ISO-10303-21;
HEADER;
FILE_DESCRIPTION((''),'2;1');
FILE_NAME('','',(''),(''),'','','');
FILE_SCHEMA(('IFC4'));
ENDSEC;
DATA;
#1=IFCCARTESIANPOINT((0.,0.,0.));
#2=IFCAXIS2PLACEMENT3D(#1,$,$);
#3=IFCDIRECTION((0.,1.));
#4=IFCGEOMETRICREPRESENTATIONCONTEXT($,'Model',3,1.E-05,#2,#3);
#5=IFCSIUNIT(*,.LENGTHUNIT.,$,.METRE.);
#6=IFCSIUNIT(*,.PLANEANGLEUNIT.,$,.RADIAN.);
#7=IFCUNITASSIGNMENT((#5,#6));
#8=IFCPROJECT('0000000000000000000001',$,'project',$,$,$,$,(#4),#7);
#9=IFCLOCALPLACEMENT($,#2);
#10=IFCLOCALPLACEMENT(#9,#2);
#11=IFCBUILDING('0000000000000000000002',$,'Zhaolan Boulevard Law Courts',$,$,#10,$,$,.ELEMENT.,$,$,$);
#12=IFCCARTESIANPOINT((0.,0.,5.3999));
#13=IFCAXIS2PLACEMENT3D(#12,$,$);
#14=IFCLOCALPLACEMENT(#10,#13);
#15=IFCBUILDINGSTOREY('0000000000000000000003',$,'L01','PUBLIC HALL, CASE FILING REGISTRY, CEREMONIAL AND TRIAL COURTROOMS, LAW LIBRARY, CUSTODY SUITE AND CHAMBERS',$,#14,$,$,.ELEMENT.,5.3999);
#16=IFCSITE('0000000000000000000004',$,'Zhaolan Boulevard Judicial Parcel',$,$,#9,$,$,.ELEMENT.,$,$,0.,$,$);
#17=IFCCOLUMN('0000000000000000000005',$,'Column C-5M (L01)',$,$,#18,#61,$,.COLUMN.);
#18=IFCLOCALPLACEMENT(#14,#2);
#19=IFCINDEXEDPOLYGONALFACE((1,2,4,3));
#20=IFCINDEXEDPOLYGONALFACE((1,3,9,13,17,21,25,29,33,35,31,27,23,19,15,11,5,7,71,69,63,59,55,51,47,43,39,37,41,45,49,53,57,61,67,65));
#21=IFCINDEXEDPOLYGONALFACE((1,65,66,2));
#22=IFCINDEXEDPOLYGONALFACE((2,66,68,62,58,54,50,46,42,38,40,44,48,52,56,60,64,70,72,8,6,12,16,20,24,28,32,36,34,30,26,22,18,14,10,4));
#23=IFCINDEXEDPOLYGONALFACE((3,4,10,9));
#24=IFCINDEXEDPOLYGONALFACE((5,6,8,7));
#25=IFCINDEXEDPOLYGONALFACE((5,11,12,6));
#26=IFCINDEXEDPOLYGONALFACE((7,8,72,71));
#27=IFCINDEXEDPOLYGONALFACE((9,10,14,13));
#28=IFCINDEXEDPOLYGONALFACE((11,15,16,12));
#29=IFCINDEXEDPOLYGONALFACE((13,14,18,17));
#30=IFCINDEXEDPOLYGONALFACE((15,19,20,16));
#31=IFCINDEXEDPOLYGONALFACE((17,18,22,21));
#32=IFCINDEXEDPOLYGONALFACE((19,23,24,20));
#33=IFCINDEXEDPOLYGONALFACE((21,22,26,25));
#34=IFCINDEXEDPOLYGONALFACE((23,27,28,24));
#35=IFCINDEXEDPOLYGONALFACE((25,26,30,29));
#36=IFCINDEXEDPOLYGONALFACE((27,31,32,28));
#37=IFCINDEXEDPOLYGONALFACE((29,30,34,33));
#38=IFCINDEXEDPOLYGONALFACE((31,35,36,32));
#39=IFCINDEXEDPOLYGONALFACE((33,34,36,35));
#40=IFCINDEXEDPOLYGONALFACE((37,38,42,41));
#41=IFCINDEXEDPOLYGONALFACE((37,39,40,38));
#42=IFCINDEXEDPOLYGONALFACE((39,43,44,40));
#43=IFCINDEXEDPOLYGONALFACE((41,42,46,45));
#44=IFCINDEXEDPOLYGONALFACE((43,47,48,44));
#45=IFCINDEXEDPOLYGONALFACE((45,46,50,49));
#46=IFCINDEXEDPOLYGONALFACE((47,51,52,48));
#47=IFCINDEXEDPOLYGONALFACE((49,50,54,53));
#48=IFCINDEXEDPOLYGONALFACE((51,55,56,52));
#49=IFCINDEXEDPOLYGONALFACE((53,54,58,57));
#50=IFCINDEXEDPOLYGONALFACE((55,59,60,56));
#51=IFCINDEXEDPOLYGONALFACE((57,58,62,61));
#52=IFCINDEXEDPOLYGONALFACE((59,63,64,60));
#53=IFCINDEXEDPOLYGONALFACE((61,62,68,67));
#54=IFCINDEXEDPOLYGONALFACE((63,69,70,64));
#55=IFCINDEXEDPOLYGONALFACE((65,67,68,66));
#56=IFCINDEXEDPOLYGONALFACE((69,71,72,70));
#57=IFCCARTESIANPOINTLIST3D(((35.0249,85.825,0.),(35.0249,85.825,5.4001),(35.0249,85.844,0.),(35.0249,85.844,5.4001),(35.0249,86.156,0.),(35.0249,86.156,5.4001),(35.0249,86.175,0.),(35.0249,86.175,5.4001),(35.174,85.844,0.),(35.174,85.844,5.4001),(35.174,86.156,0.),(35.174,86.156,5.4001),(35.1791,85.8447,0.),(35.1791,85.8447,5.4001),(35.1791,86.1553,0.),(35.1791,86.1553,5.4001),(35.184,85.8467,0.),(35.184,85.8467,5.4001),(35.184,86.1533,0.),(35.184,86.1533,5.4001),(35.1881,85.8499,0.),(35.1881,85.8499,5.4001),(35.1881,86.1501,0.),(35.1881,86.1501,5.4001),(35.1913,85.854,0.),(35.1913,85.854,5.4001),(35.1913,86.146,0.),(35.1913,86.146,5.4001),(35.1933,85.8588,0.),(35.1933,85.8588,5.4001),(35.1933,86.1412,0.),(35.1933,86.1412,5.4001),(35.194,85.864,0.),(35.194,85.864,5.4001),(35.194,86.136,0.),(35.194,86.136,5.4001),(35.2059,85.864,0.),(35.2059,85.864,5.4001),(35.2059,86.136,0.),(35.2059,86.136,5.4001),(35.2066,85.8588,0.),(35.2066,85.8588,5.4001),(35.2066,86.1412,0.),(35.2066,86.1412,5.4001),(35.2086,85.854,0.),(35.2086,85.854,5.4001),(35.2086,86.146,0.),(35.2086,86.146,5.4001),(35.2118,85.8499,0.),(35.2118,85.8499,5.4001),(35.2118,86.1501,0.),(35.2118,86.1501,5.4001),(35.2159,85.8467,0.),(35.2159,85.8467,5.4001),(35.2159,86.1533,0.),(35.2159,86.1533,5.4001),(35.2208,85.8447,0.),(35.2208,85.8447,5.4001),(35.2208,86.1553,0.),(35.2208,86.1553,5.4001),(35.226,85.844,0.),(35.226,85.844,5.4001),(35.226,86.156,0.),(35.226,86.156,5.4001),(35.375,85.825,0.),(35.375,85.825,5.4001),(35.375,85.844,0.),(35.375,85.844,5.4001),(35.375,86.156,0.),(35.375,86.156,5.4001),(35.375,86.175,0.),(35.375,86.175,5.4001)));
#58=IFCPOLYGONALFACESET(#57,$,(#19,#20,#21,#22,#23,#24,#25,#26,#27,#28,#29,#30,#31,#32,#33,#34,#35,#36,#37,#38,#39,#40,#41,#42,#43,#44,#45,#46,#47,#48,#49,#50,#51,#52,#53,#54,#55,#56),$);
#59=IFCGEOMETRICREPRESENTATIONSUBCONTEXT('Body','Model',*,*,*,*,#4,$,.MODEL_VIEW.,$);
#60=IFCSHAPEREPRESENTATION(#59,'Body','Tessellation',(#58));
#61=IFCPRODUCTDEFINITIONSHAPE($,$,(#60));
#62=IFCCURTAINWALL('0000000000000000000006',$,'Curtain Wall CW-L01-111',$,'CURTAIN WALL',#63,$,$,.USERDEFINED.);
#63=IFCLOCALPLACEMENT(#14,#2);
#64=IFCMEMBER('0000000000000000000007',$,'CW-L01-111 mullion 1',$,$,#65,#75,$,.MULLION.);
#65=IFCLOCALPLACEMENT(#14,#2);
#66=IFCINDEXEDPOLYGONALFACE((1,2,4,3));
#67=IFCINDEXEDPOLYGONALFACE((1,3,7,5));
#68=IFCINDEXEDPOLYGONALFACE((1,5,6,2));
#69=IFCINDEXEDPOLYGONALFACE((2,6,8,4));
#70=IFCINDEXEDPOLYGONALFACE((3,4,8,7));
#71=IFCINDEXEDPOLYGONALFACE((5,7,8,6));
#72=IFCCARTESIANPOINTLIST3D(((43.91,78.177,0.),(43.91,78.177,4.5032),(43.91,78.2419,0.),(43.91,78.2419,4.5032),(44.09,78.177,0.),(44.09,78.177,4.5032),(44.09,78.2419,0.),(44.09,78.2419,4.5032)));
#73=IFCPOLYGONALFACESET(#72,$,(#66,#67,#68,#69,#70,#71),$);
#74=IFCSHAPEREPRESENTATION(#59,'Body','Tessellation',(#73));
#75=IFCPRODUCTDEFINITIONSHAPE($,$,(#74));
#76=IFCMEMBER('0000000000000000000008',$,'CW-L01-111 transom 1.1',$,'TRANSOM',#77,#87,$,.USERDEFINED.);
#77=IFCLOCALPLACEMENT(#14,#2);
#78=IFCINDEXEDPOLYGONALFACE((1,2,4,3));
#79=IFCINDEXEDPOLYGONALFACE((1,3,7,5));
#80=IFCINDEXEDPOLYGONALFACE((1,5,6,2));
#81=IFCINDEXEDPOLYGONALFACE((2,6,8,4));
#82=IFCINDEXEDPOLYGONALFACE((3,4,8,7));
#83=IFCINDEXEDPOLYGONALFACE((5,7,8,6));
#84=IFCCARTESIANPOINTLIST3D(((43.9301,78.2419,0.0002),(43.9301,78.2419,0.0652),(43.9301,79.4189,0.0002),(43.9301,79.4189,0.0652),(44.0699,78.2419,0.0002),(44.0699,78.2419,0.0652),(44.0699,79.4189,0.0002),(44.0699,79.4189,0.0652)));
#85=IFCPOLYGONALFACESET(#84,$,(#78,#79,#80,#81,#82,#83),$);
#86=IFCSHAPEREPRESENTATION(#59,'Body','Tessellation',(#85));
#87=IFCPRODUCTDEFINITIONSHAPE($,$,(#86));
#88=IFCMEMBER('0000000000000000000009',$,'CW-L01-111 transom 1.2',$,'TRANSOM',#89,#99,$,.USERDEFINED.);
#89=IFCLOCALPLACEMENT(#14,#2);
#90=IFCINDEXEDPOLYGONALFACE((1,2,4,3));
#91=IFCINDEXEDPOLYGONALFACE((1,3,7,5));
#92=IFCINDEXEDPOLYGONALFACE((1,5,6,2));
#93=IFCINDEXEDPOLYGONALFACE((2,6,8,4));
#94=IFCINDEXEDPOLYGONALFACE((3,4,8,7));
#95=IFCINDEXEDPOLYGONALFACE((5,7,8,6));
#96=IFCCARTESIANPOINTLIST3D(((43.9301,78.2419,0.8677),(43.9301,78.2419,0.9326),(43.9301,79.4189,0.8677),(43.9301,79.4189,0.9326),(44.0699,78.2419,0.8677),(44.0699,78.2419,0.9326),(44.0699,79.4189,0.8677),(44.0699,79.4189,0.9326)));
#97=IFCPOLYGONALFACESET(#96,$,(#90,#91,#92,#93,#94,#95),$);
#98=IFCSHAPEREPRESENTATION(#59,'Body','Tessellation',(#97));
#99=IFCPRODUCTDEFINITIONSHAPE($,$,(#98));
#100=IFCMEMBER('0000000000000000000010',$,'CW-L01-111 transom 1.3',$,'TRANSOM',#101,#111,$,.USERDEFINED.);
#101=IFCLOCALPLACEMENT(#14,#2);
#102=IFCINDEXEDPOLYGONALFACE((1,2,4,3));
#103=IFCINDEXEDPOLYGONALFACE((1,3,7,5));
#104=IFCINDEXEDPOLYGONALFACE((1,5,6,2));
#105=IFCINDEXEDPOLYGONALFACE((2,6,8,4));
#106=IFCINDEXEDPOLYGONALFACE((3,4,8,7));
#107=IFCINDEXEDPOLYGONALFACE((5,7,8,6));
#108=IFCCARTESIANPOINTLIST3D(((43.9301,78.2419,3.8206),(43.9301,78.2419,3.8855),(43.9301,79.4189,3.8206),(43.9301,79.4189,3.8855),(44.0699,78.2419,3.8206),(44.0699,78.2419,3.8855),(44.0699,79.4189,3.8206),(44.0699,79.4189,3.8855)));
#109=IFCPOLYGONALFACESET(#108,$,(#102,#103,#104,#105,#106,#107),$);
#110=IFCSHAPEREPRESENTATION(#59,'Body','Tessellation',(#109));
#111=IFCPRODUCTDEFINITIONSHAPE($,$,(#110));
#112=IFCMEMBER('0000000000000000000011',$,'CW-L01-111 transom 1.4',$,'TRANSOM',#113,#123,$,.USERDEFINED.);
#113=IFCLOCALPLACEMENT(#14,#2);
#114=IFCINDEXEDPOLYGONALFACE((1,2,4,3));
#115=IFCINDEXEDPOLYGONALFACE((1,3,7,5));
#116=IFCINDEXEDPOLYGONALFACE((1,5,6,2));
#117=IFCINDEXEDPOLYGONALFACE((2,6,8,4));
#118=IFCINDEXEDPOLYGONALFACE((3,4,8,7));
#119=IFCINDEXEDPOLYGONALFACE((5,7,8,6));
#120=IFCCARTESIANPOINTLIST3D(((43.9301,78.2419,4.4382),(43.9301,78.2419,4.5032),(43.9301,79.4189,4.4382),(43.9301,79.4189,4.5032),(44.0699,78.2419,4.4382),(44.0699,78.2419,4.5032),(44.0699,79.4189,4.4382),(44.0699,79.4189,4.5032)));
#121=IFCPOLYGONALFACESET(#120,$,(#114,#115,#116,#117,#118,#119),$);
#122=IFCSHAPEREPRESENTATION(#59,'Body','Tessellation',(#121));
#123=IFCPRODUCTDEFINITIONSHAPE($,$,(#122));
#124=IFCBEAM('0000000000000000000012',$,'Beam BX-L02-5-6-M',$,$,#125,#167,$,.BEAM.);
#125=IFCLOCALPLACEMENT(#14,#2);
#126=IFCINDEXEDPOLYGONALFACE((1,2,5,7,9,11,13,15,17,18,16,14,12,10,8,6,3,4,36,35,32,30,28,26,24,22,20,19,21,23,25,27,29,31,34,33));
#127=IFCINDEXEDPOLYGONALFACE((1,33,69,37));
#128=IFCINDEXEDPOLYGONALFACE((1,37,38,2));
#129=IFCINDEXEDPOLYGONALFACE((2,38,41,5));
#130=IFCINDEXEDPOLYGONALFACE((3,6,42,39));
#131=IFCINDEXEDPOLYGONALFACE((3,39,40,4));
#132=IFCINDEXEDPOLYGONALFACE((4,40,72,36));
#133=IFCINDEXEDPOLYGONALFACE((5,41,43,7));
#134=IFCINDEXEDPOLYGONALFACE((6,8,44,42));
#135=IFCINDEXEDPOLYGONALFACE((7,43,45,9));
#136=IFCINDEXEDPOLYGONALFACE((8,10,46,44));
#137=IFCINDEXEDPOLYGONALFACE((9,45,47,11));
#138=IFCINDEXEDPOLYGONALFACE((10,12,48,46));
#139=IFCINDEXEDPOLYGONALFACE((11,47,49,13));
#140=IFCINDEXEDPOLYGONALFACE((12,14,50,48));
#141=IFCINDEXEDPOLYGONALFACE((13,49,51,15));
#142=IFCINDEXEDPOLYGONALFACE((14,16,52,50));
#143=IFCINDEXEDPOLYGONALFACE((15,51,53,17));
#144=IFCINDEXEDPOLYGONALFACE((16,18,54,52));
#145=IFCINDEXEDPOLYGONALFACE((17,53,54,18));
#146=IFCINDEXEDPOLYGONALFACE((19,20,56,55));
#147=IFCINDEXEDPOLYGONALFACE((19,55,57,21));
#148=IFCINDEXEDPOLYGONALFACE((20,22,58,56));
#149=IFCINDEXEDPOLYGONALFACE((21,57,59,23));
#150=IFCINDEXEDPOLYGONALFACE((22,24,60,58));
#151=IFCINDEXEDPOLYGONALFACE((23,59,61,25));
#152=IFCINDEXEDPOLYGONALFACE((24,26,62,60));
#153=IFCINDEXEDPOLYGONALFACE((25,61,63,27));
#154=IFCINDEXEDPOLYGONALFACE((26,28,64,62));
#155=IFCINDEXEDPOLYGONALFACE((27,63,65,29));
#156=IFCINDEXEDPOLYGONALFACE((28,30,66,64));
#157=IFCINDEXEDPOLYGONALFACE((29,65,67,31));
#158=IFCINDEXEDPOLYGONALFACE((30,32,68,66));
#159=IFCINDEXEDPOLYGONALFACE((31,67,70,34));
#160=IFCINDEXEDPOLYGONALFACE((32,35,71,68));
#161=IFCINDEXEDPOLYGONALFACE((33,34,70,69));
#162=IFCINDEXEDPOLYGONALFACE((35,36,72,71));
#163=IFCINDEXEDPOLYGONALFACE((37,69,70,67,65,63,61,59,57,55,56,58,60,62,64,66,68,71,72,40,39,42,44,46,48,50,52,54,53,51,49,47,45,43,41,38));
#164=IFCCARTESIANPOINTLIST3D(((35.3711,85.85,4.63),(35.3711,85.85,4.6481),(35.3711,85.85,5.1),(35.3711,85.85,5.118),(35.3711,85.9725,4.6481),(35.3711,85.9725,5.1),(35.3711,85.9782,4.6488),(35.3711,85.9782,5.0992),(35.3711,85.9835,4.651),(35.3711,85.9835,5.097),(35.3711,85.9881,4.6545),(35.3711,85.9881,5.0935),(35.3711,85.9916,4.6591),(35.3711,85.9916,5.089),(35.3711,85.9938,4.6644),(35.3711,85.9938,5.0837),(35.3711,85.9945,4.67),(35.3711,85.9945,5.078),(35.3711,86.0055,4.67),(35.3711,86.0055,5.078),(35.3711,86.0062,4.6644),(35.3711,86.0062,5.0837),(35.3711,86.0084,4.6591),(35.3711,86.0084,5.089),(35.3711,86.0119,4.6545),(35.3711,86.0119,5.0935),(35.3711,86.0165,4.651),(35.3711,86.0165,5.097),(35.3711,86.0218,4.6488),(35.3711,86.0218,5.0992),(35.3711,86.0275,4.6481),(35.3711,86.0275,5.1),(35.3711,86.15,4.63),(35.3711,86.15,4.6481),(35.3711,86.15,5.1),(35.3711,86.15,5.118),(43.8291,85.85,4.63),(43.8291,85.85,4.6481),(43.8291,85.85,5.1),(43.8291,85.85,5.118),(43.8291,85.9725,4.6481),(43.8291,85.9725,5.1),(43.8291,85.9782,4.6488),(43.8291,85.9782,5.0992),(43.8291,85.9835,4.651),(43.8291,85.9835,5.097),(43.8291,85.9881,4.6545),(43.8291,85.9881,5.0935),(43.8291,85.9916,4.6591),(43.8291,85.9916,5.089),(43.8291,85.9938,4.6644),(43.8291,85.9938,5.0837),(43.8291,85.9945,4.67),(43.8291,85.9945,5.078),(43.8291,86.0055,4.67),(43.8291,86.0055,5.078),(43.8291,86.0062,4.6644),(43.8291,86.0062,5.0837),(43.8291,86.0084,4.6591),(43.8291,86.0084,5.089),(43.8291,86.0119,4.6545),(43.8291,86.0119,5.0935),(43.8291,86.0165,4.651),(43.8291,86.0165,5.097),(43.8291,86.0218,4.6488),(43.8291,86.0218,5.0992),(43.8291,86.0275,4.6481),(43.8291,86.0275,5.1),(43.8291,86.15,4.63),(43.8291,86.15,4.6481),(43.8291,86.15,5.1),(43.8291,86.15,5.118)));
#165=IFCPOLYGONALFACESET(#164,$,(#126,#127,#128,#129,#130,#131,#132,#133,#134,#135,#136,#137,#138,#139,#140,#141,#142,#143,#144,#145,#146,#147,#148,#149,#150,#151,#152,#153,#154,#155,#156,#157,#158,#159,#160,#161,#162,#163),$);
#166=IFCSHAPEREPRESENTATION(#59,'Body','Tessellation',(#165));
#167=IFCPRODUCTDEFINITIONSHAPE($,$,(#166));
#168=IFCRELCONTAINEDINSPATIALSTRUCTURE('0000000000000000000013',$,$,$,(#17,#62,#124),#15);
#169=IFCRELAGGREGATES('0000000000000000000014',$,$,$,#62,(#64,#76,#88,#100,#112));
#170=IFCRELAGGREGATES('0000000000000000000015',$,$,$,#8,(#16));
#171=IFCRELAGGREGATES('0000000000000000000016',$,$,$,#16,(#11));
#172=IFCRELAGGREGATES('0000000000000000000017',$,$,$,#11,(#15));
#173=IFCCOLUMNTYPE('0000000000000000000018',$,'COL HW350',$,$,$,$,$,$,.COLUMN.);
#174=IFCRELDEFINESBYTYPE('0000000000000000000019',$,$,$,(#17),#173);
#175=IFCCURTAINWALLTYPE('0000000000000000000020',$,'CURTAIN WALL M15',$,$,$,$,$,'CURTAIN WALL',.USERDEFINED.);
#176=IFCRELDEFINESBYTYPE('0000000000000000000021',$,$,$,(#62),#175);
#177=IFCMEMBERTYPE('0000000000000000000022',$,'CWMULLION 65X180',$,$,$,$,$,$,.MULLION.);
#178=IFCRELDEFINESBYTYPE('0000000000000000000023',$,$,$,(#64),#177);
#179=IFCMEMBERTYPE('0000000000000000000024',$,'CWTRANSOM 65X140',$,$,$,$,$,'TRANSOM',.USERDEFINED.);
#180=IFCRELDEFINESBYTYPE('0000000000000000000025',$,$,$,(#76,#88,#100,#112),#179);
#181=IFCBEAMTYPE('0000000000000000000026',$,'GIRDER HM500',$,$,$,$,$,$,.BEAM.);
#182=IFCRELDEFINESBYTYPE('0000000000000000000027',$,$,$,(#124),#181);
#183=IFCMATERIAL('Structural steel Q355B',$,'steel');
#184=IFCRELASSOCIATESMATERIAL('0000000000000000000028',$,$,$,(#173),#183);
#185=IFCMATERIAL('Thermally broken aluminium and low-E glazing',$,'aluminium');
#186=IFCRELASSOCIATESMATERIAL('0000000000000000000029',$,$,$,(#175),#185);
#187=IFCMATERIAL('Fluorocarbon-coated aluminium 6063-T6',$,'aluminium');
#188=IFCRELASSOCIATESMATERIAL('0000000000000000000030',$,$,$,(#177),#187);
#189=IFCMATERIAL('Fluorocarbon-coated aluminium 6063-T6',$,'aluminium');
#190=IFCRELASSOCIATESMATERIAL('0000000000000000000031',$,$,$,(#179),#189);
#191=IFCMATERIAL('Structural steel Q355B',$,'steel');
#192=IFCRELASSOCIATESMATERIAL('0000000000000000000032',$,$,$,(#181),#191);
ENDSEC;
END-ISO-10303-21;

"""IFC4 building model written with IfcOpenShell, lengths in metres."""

from ifc_helpers import new_model, si_unit, direction, frame, origin, origin_2d, place, context, subcontext, project, spatial, rectangle, i_section, extrude, material, material_profile, profile_set, type_object, element, aggregate, save


model = new_model("IFC4")

# Units and contexts
model_context = context("Model", 3, precision=1e-05, world=origin(), true_north=direction((0.0, 1.0)))
body_context = subcontext(model_context, "Body", "Model", "MODEL_VIEW")
ifc_project = project(units=[si_unit("LENGTHUNIT", "METRE"), si_unit("PLANEANGLEUNIT", "RADIAN")], contexts=[model_context])

# Site, building, storey
site_placement = place(None, origin())
site = spatial("IfcSite", under=ifc_project, at=site_placement, Name="Zhaolan Boulevard Judicial Parcel", CompositionType="ELEMENT", RefElevation=0.0)
building_placement = place(site_placement, origin())
building = spatial("IfcBuilding", under=site, at=building_placement, Name="Zhaolan Boulevard Law Courts", CompositionType="ELEMENT")
storey_placement = place(building_placement, frame((0.0, 0.0, 5.3999)))
storey = spatial("IfcBuildingStorey", under=building, at=storey_placement, Name="L01", Description="PUBLIC HALL, CASE FILING REGISTRY, CEREMONIAL AND TRIAL COURTROOMS, LAW LIBRARY, CUSTODY SUITE AND CHAMBERS", CompositionType="ELEMENT", Elevation=5.3999)

# Column
ifc_material_1 = material(Name="Structural steel Q355B", Category="steel")
ifc_material_profile_1 = material_profile(ifc_material_1, i_section(OverallWidth=0.3501, OverallDepth=0.3501, WebThickness=0.012, FlangeThickness=0.019, FilletRadius=0.02, at=origin_2d()), Name="HW350x350")
ifc_profile_set_1 = profile_set([ifc_material_profile_1], Name="Structural steel Q355B")
column_type = type_object("IfcColumnType", Name="COL HW350", PredefinedType="COLUMN", material=ifc_profile_set_1)
column_placement = place(storey_placement, frame((35.2, 86.0, 0.0), z_axis=(0.0, 0.0, 1.0), x_axis=(1.0, 0.0, 0.0)))
element("IfcColumn", 1, at=column_placement, inside=storey, type_object=column_type, Name="Column C-5M (L01)", PredefinedType="COLUMN", context=body_context, shape_type="SweptSolid", body=[
    extrude(i_section(OverallWidth=0.3501, OverallDepth=0.3501, WebThickness=0.012, FlangeThickness=0.019, FilletRadius=0.02, at=origin_2d()), origin(), (0.0, 0.0, 1.0), 5.4001),
])

# Curtain wall, members
ifc_material_2 = material(Name="Thermally broken aluminium and low-E glazing", Category="aluminium")
curtain_wall_type = type_object("IfcCurtainWallType", Name="CURTAIN WALL M15", ElementType="CURTAIN WALL", PredefinedType="USERDEFINED", material=ifc_material_2)
curtain_wall_placement = place(storey_placement, origin())
curtain_wall = element("IfcCurtainWall", 2, at=curtain_wall_placement, inside=storey, type_object=curtain_wall_type, Name="Curtain Wall CW-L01-111", ObjectType="CURTAIN WALL", PredefinedType="USERDEFINED")
ifc_material_3 = material(Name="Fluorocarbon-coated aluminium 6063-T6", Category="aluminium")
ifc_material_profile_2 = material_profile(ifc_material_3, rectangle(XDim=0.1799, YDim=0.0649, at=origin_2d()), Name="AL65x180")
ifc_profile_set_2 = profile_set([ifc_material_profile_2], Name="Fluorocarbon-coated aluminium 6063-T6")
member_type_1 = type_object("IfcMemberType", Name="CWMULLION 65X180", PredefinedType="MULLION", material=ifc_profile_set_2)
member_1_placement = place(storey_placement, frame((44.0, 78.2095, 0.0), z_axis=(0.0, 0.0, 1.0), x_axis=(-1.0, 0.0, 0.0)))
member_1 = element("IfcMember", 3, at=member_1_placement, type_object=member_type_1, Name="CW-L01-111 mullion 1", PredefinedType="MULLION", context=body_context, shape_type="SweptSolid", body=[
    extrude(rectangle(XDim=0.1799, YDim=0.0649, at=origin_2d()), origin(), (0.0, 0.0, 1.0), 4.5032),
])
ifc_material_4 = material(Name="Fluorocarbon-coated aluminium 6063-T6", Category="aluminium")
ifc_material_profile_3 = material_profile(ifc_material_4, rectangle(XDim=0.1399, YDim=0.0649, at=origin_2d()), Name="AL65x140")
ifc_profile_set_3 = profile_set([ifc_material_profile_3], Name="Fluorocarbon-coated aluminium 6063-T6")
member_type_2 = type_object("IfcMemberType", Name="CWTRANSOM 65X140", ElementType="TRANSOM", PredefinedType="USERDEFINED", material=ifc_profile_set_3)
member_2_placement = place(storey_placement, frame((44.0, 78.2419, 0.0327), z_axis=(0.0, 1.0, 0.0), x_axis=(-1.0, 0.0, 0.0)))
member_2 = element("IfcMember", 4, at=member_2_placement, type_object=member_type_2, Name="CW-L01-111 transom 1.1", ObjectType="TRANSOM", PredefinedType="USERDEFINED", context=body_context, shape_type="SweptSolid", body=[
    extrude(rectangle(XDim=0.1399, YDim=0.0649, at=origin_2d()), origin(), (0.0, 0.0, 1.0), 1.177),
])
member_3_placement = place(storey_placement, frame((44.0, 78.2419, 0.9001), z_axis=(0.0, 1.0, 0.0), x_axis=(-1.0, 0.0, 0.0)))
member_3 = element("IfcMember", 5, at=member_3_placement, type_object=member_type_2, Name="CW-L01-111 transom 1.2", ObjectType="TRANSOM", PredefinedType="USERDEFINED", context=body_context, shape_type="SweptSolid", body=[
    extrude(rectangle(XDim=0.1399, YDim=0.0649, at=origin_2d()), origin(), (0.0, 0.0, 1.0), 1.177),
])
member_4_placement = place(storey_placement, frame((44.0, 78.2419, 3.853), z_axis=(0.0, 1.0, 0.0), x_axis=(-1.0, 0.0, 0.0)))
member_4 = element("IfcMember", 6, at=member_4_placement, type_object=member_type_2, Name="CW-L01-111 transom 1.3", ObjectType="TRANSOM", PredefinedType="USERDEFINED", context=body_context, shape_type="SweptSolid", body=[
    extrude(rectangle(XDim=0.1399, YDim=0.0649, at=origin_2d()), origin(), (0.0, 0.0, 1.0), 1.177),
])
member_5_placement = place(storey_placement, frame((44.0, 78.2419, 4.4707), z_axis=(0.0, 1.0, 0.0), x_axis=(-1.0, 0.0, 0.0)))
member_5 = element("IfcMember", 7, at=member_5_placement, type_object=member_type_2, Name="CW-L01-111 transom 1.4", ObjectType="TRANSOM", PredefinedType="USERDEFINED", context=body_context, shape_type="SweptSolid", body=[
    extrude(rectangle(XDim=0.1399, YDim=0.0649, at=origin_2d()), origin(), (0.0, 0.0, 1.0), 1.177),
])

# Beam
ifc_material_5 = material(Name="Structural steel Q355B", Category="steel")
ifc_material_profile_4 = material_profile(ifc_material_5, i_section(OverallWidth=0.3, OverallDepth=0.488, WebThickness=0.011, FlangeThickness=0.0181, FilletRadius=0.022, at=origin_2d()), Name="HM488x300")
ifc_profile_set_4 = profile_set([ifc_material_profile_4], Name="Structural steel Q355B")
beam_type_1 = type_object("IfcBeamType", Name="GIRDER HM500", PredefinedType="BEAM", material=ifc_profile_set_4)
beam_1_placement = place(storey_placement, frame((35.3711, 86.0, 4.874), z_axis=(1.0, 0.0, 0.0), x_axis=(0.0, 1.0, 0.0)))
element("IfcBeam", 8, at=beam_1_placement, inside=storey, type_object=beam_type_1, Name="Beam BX-L02-5-6-M", PredefinedType="BEAM", context=body_context, shape_type="SweptSolid", body=[
    extrude(i_section(OverallWidth=0.3, OverallDepth=0.488, WebThickness=0.011, FlangeThickness=0.0181, FilletRadius=0.022, at=origin_2d()), origin(), (0.0, 0.0, 1.0), 8.458),
])

aggregate(curtain_wall, [member_1, member_2, member_3, member_4, member_5])

save(model, "model.ifc")
